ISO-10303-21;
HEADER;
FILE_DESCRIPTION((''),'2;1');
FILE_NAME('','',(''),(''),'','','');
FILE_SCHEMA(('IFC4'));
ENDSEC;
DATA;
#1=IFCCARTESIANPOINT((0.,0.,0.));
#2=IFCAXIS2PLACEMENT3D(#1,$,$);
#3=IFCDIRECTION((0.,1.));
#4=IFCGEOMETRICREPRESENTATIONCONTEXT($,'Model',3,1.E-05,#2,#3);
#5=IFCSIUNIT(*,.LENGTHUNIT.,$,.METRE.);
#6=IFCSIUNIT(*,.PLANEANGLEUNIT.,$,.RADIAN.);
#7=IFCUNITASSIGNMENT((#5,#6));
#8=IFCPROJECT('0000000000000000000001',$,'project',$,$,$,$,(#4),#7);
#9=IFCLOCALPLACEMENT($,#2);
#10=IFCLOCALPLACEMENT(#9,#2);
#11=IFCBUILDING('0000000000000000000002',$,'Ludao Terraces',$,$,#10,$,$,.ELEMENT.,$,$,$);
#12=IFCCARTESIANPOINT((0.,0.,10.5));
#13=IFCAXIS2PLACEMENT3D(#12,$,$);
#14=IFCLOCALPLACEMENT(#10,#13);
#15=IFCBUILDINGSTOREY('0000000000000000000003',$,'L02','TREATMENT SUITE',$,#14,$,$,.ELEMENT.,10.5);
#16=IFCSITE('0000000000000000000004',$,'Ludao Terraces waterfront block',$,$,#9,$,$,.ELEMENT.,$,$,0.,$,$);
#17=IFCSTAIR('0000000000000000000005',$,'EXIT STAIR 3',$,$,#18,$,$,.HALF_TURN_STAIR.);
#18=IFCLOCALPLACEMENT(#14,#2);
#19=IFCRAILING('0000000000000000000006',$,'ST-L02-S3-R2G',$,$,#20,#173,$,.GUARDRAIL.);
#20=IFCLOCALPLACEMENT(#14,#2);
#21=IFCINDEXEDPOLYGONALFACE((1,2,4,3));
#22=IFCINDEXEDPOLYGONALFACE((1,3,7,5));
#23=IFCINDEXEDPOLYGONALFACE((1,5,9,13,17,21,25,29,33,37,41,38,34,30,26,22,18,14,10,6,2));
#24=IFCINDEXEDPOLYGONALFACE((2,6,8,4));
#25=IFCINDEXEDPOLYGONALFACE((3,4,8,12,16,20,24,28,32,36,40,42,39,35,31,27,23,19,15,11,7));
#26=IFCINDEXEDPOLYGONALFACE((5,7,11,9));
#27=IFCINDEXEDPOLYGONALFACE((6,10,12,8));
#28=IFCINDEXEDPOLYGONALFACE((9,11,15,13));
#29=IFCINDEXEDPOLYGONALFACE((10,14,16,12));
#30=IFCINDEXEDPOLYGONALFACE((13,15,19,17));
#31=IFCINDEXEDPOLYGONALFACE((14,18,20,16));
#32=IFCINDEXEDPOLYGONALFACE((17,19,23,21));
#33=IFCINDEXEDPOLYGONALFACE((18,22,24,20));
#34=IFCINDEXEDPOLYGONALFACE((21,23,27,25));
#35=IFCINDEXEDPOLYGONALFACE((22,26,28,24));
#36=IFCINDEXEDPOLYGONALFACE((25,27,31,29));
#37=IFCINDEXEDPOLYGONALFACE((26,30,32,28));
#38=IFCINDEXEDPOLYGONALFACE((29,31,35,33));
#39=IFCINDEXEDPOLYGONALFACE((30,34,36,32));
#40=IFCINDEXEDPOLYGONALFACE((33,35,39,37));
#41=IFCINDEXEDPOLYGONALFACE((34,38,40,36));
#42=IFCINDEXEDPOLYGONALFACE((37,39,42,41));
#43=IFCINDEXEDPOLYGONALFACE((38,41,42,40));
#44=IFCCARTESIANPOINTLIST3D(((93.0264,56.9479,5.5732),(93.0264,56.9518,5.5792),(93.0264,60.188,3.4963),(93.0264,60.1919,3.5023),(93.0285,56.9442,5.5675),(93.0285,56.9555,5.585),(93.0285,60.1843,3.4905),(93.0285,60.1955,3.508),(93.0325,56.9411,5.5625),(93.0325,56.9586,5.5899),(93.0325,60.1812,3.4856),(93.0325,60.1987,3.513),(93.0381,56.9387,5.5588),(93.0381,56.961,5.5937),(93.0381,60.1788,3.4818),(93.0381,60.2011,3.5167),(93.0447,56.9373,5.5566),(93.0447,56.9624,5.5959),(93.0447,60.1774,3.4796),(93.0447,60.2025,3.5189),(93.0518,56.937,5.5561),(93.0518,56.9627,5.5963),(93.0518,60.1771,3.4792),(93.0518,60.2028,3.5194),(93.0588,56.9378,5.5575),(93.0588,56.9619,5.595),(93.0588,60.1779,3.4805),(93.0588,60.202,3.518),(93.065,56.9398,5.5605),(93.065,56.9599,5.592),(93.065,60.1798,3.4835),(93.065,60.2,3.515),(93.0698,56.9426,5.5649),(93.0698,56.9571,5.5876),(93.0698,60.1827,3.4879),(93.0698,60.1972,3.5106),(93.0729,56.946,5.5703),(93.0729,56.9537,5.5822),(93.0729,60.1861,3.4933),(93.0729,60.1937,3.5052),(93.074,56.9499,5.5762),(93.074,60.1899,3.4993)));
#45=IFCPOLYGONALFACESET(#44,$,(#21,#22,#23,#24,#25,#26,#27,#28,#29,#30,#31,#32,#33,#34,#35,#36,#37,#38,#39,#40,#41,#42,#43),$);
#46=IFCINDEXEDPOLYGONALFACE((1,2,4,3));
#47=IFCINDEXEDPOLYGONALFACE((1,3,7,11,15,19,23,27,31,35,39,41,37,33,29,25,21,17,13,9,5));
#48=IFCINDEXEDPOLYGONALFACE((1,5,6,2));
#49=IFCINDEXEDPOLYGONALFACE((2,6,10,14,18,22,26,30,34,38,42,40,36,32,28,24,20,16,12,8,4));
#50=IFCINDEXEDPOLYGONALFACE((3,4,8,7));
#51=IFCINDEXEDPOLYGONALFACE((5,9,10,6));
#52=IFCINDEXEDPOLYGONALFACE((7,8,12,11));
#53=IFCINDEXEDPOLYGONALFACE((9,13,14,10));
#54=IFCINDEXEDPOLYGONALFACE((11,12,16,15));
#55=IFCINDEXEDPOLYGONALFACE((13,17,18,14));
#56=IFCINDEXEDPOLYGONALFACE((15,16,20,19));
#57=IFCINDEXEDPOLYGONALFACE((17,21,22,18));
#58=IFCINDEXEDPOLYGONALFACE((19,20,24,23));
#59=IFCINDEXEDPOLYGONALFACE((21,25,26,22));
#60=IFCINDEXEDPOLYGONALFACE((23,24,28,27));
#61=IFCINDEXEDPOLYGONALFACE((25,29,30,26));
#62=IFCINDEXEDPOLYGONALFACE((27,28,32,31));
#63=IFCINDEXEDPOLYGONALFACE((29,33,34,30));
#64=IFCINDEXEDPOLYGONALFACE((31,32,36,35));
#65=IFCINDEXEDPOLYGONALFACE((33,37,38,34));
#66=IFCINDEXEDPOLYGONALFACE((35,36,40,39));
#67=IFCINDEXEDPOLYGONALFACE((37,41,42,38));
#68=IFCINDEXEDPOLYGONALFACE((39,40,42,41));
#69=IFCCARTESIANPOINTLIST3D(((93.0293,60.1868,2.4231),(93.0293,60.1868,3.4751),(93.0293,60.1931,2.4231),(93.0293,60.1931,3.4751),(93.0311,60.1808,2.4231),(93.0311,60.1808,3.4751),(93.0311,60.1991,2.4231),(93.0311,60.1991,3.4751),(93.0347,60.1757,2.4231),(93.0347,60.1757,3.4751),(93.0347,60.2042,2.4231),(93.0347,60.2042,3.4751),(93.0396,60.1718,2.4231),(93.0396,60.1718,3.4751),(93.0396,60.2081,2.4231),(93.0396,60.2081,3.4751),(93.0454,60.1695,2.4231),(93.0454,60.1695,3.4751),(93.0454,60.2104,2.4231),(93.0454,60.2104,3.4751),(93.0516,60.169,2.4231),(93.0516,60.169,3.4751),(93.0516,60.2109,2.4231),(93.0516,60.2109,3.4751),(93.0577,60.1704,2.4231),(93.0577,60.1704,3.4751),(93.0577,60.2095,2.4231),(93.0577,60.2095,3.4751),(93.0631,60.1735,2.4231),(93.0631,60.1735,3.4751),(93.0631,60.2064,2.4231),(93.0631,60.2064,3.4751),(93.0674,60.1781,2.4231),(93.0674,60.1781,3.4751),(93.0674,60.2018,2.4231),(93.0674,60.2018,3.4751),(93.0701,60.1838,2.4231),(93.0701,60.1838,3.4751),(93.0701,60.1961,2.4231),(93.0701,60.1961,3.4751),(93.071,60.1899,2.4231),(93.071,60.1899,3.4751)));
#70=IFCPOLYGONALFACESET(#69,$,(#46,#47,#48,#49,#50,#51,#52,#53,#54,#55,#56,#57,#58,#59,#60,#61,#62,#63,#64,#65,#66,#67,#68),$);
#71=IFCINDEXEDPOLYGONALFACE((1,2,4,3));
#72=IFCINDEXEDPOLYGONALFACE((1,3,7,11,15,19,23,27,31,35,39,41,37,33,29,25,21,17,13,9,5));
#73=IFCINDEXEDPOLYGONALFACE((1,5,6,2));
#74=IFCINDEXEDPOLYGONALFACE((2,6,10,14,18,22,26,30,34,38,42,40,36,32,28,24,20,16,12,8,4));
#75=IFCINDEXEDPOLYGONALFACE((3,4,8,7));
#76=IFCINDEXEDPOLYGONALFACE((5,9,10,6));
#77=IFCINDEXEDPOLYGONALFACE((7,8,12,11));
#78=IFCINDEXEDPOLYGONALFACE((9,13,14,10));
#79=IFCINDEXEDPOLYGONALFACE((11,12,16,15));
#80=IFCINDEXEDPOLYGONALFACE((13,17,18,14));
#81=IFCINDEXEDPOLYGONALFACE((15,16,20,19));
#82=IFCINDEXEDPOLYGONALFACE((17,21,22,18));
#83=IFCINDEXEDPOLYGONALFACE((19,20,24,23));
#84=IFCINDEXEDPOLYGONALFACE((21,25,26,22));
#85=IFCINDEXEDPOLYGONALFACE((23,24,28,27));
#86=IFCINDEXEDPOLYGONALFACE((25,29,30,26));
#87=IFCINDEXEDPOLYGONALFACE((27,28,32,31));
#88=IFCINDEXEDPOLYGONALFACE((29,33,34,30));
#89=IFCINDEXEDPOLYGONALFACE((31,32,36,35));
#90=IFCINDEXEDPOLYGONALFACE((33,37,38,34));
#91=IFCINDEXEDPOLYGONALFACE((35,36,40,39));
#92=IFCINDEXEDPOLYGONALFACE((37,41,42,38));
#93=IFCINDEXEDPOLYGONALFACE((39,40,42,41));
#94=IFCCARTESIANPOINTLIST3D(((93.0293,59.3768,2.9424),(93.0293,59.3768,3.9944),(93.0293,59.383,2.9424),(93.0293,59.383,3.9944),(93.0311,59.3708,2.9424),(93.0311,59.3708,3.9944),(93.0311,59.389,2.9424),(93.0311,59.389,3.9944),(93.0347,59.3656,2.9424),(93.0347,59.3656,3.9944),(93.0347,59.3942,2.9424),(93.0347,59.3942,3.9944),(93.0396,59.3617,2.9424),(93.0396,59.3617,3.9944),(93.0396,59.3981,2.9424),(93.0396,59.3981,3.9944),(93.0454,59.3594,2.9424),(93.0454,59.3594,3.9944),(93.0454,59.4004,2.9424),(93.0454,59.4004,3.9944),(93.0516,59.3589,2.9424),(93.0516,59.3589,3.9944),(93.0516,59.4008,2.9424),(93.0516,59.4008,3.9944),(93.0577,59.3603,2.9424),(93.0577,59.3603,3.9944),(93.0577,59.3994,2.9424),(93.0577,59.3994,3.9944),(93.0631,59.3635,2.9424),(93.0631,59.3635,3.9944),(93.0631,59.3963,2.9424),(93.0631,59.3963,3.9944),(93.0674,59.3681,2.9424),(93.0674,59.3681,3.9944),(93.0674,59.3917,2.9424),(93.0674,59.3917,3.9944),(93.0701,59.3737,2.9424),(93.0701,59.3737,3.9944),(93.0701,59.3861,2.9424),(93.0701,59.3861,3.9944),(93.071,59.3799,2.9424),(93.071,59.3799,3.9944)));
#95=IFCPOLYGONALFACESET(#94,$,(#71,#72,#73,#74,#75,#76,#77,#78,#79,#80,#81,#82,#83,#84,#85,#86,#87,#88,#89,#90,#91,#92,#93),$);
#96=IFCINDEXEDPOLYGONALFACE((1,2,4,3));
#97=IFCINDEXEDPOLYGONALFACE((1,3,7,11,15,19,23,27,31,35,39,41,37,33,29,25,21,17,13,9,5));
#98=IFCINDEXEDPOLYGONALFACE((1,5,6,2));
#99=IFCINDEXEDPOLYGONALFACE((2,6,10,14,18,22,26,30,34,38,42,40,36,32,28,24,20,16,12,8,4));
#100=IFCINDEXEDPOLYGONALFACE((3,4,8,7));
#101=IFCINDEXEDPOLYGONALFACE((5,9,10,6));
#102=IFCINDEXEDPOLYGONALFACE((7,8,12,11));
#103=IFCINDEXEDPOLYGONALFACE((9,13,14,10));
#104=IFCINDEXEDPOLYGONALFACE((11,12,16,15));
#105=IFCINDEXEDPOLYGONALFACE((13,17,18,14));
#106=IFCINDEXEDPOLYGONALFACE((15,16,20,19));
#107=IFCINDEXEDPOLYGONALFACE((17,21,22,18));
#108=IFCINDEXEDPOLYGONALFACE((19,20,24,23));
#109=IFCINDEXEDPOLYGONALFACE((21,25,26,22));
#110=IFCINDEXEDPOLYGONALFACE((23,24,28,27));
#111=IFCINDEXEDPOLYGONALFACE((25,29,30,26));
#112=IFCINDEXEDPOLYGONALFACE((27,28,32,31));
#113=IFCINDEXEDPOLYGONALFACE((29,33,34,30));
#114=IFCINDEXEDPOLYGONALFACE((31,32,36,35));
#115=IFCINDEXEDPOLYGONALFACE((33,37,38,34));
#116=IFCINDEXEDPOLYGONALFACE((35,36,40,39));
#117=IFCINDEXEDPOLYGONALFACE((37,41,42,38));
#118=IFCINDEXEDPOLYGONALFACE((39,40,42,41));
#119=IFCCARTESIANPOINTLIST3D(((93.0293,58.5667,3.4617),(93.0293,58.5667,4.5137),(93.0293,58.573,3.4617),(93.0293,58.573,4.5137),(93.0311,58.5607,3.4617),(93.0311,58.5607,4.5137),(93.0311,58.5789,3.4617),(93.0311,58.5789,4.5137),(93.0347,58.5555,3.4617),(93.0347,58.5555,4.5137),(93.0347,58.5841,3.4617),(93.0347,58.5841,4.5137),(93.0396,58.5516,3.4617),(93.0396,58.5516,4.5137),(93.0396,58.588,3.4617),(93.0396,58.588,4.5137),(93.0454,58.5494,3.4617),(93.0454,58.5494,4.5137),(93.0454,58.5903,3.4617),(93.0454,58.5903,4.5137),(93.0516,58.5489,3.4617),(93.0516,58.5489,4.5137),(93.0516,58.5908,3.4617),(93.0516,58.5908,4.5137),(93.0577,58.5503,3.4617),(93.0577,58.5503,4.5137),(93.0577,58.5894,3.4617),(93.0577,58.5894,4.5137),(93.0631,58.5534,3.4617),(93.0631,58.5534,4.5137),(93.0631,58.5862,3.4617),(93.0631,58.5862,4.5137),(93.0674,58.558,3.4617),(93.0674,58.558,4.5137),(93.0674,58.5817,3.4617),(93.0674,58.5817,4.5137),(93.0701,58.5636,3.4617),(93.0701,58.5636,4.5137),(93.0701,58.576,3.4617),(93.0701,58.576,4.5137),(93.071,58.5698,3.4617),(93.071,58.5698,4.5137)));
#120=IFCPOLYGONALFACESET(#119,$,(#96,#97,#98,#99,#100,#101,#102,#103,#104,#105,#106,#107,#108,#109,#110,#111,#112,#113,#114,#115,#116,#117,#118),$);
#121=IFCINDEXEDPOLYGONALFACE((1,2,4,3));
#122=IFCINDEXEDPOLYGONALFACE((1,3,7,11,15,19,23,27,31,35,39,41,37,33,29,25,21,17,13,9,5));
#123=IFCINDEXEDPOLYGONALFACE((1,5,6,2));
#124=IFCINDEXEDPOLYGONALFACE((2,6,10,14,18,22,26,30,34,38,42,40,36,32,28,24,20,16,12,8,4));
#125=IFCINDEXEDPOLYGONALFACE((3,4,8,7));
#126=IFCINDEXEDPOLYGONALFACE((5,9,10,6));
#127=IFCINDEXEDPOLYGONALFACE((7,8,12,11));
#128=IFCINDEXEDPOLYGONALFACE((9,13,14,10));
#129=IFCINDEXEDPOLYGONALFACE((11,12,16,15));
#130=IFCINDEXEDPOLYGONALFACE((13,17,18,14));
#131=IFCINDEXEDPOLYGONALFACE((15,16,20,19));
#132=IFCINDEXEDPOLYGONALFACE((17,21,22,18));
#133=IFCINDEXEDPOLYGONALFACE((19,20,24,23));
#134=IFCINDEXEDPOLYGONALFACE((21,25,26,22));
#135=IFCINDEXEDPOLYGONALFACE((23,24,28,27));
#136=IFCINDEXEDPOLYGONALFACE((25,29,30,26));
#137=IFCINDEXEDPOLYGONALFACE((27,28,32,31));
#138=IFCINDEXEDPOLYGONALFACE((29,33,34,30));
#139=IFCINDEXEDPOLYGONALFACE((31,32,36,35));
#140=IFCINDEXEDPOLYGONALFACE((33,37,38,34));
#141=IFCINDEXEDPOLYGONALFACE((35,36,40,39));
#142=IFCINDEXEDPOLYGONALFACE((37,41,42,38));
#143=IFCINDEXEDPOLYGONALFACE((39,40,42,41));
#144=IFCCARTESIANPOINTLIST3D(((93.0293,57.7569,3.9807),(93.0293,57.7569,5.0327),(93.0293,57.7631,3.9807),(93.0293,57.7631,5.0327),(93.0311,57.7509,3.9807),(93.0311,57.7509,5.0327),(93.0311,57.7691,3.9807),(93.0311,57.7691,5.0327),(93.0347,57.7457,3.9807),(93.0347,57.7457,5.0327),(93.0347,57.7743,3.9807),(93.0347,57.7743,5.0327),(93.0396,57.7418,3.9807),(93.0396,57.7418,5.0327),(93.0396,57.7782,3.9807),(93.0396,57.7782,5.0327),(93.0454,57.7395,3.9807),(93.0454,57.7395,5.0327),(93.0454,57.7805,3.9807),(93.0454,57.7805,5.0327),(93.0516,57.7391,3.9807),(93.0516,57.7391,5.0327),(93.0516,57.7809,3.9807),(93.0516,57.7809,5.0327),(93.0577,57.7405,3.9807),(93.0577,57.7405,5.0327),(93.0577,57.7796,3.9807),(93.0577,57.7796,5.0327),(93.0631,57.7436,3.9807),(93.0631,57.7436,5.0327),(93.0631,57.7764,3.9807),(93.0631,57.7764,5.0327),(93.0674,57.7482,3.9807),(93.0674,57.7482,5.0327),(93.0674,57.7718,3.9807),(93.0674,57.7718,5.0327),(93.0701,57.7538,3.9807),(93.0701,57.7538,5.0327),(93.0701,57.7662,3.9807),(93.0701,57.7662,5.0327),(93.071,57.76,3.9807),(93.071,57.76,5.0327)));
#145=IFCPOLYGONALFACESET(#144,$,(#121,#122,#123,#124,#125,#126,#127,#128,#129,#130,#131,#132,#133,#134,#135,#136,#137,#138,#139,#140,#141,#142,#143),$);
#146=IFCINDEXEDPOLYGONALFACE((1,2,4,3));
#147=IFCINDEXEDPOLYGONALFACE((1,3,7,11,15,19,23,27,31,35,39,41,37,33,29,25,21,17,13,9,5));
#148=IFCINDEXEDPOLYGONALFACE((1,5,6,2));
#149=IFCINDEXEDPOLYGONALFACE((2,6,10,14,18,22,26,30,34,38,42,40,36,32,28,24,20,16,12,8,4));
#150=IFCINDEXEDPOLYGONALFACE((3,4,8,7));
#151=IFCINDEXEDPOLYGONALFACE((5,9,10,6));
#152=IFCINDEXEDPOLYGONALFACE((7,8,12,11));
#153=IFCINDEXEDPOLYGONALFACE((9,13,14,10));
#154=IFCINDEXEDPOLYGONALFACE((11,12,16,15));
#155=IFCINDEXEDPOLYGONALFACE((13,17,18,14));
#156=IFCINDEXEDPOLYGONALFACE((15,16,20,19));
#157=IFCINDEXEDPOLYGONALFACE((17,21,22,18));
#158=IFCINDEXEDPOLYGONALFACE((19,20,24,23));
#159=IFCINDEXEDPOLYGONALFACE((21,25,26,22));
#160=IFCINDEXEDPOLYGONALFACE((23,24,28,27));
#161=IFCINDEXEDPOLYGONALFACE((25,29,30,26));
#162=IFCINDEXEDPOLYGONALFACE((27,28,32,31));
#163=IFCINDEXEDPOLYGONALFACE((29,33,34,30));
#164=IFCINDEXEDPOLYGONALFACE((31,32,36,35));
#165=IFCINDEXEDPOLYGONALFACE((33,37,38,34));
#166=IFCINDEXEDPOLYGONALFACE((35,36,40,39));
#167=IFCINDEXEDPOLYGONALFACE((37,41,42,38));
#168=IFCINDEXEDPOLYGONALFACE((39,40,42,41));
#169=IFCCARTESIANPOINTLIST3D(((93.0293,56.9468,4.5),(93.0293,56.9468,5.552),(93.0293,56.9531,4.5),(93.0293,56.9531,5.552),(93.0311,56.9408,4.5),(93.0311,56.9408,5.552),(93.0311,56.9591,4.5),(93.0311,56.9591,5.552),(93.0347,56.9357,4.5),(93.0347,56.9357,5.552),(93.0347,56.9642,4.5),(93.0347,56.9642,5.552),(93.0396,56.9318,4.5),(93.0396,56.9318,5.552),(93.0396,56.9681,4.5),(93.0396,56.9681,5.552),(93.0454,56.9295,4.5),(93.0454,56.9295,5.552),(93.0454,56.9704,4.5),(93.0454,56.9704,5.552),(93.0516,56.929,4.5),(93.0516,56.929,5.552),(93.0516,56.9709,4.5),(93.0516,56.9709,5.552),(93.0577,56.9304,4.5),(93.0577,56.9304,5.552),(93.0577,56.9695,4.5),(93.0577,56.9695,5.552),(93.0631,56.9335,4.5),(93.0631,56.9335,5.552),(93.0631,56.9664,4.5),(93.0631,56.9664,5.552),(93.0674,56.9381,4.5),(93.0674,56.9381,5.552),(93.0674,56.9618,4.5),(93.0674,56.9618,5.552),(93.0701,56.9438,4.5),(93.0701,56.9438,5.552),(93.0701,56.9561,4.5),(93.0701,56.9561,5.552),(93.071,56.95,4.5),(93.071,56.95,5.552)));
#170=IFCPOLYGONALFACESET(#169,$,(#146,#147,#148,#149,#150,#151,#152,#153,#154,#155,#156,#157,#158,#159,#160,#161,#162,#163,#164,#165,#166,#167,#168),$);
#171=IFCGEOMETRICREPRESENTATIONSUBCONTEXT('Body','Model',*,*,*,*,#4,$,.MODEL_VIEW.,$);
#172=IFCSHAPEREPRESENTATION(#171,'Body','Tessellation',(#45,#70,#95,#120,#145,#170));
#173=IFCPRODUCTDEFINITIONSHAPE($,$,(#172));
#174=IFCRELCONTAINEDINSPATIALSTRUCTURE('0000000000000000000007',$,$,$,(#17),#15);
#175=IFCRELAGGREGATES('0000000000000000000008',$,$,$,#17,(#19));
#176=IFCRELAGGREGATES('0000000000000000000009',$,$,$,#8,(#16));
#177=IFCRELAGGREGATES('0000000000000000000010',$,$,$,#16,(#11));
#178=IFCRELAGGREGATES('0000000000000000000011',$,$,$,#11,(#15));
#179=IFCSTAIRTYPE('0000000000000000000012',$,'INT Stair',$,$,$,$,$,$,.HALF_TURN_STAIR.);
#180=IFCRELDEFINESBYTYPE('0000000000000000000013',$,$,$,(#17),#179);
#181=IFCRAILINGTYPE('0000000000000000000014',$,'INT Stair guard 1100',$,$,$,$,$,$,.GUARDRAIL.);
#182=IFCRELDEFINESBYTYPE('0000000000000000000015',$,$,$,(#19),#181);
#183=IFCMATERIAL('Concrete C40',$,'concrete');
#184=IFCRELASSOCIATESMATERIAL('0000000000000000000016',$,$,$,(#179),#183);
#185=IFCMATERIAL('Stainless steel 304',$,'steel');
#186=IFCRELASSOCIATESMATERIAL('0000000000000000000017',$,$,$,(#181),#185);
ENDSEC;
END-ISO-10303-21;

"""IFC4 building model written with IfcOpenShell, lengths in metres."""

from ifc_helpers import new_model, si_unit, direction, frame, origin, origin_2d, place, context, subcontext, project, spatial, circle, extrude, material, type_object, element, aggregate, save


model = new_model("IFC4")

# Units and contexts
model_context = context("Model", 3, precision=1e-05, world=origin(), true_north=direction((0.0, 1.0)))
body_context = subcontext(model_context, "Body", "Model", "MODEL_VIEW")
ifc_project = project(units=[si_unit("LENGTHUNIT", "METRE"), si_unit("PLANEANGLEUNIT", "RADIAN")], contexts=[model_context])

# Site, building, storey
site_placement = place(None, origin())
site = spatial("IfcSite", under=ifc_project, at=site_placement, Name="Ludao Terraces waterfront block", CompositionType="ELEMENT", RefElevation=0.0)
building_placement = place(site_placement, origin())
building = spatial("IfcBuilding", under=site, at=building_placement, Name="Ludao Terraces", CompositionType="ELEMENT")
storey_placement = place(building_placement, frame((0.0, 0.0, 10.5)))
storey = spatial("IfcBuildingStorey", under=building, at=storey_placement, Name="L02", Description="TREATMENT SUITE", CompositionType="ELEMENT", Elevation=10.5)

# Stair, railing
ifc_material_1 = material(Name="Concrete C40", Category="concrete")
stair_type = type_object("IfcStairType", Name="INT Stair", PredefinedType="HALF_TURN_STAIR", material=ifc_material_1)
stair_placement = place(storey_placement, origin())
stair = element("IfcStair", 1, at=stair_placement, inside=storey, type_object=stair_type, Name="EXIT STAIR 3", PredefinedType="HALF_TURN_STAIR")
ifc_material_2 = material(Name="Stainless steel 304", Category="steel")
railing_type_1 = type_object("IfcRailingType", Name="INT Stair guard 1100", PredefinedType="GUARDRAIL", material=ifc_material_2)
railing_1_placement = place(storey_placement, frame((93.05, 60.1899, 2.4231)))
railing_1 = element("IfcRailing", 2, at=railing_1_placement, type_object=railing_type_1, Name="ST-L02-S3-R2G", PredefinedType="GUARDRAIL", context=body_context, shape_type="SweptSolid", body=[
    extrude(circle(Radius=0.0239, at=origin_2d()), frame((0.0, 0.0, 1.0762), z_axis=(0.0, -0.841881, 0.539664), x_axis=(1.0, 0.0, 0.0)), (0.0, 0.0, 1.0), 3.8486),
    extrude(circle(Radius=0.021, at=origin_2d()), origin(), (0.0, 0.0, 1.0), 1.052),
    extrude(circle(Radius=0.021, at=origin_2d()), frame((0.0, -0.8101, 0.5193)), (0.0, 0.0, 1.0), 1.052),
    extrude(circle(Radius=0.021, at=origin_2d()), frame((0.0, -1.6201, 1.0386)), (0.0, 0.0, 1.0), 1.052),
    extrude(circle(Radius=0.021, at=origin_2d()), frame((0.0, -2.4299, 1.5576)), (0.0, 0.0, 1.0), 1.052),
    extrude(circle(Radius=0.021, at=origin_2d()), frame((0.0, -3.24, 2.0769)), (0.0, 0.0, 1.0), 1.052),
])
aggregate(stair, [railing_1])

save(model, "model.ifc")
